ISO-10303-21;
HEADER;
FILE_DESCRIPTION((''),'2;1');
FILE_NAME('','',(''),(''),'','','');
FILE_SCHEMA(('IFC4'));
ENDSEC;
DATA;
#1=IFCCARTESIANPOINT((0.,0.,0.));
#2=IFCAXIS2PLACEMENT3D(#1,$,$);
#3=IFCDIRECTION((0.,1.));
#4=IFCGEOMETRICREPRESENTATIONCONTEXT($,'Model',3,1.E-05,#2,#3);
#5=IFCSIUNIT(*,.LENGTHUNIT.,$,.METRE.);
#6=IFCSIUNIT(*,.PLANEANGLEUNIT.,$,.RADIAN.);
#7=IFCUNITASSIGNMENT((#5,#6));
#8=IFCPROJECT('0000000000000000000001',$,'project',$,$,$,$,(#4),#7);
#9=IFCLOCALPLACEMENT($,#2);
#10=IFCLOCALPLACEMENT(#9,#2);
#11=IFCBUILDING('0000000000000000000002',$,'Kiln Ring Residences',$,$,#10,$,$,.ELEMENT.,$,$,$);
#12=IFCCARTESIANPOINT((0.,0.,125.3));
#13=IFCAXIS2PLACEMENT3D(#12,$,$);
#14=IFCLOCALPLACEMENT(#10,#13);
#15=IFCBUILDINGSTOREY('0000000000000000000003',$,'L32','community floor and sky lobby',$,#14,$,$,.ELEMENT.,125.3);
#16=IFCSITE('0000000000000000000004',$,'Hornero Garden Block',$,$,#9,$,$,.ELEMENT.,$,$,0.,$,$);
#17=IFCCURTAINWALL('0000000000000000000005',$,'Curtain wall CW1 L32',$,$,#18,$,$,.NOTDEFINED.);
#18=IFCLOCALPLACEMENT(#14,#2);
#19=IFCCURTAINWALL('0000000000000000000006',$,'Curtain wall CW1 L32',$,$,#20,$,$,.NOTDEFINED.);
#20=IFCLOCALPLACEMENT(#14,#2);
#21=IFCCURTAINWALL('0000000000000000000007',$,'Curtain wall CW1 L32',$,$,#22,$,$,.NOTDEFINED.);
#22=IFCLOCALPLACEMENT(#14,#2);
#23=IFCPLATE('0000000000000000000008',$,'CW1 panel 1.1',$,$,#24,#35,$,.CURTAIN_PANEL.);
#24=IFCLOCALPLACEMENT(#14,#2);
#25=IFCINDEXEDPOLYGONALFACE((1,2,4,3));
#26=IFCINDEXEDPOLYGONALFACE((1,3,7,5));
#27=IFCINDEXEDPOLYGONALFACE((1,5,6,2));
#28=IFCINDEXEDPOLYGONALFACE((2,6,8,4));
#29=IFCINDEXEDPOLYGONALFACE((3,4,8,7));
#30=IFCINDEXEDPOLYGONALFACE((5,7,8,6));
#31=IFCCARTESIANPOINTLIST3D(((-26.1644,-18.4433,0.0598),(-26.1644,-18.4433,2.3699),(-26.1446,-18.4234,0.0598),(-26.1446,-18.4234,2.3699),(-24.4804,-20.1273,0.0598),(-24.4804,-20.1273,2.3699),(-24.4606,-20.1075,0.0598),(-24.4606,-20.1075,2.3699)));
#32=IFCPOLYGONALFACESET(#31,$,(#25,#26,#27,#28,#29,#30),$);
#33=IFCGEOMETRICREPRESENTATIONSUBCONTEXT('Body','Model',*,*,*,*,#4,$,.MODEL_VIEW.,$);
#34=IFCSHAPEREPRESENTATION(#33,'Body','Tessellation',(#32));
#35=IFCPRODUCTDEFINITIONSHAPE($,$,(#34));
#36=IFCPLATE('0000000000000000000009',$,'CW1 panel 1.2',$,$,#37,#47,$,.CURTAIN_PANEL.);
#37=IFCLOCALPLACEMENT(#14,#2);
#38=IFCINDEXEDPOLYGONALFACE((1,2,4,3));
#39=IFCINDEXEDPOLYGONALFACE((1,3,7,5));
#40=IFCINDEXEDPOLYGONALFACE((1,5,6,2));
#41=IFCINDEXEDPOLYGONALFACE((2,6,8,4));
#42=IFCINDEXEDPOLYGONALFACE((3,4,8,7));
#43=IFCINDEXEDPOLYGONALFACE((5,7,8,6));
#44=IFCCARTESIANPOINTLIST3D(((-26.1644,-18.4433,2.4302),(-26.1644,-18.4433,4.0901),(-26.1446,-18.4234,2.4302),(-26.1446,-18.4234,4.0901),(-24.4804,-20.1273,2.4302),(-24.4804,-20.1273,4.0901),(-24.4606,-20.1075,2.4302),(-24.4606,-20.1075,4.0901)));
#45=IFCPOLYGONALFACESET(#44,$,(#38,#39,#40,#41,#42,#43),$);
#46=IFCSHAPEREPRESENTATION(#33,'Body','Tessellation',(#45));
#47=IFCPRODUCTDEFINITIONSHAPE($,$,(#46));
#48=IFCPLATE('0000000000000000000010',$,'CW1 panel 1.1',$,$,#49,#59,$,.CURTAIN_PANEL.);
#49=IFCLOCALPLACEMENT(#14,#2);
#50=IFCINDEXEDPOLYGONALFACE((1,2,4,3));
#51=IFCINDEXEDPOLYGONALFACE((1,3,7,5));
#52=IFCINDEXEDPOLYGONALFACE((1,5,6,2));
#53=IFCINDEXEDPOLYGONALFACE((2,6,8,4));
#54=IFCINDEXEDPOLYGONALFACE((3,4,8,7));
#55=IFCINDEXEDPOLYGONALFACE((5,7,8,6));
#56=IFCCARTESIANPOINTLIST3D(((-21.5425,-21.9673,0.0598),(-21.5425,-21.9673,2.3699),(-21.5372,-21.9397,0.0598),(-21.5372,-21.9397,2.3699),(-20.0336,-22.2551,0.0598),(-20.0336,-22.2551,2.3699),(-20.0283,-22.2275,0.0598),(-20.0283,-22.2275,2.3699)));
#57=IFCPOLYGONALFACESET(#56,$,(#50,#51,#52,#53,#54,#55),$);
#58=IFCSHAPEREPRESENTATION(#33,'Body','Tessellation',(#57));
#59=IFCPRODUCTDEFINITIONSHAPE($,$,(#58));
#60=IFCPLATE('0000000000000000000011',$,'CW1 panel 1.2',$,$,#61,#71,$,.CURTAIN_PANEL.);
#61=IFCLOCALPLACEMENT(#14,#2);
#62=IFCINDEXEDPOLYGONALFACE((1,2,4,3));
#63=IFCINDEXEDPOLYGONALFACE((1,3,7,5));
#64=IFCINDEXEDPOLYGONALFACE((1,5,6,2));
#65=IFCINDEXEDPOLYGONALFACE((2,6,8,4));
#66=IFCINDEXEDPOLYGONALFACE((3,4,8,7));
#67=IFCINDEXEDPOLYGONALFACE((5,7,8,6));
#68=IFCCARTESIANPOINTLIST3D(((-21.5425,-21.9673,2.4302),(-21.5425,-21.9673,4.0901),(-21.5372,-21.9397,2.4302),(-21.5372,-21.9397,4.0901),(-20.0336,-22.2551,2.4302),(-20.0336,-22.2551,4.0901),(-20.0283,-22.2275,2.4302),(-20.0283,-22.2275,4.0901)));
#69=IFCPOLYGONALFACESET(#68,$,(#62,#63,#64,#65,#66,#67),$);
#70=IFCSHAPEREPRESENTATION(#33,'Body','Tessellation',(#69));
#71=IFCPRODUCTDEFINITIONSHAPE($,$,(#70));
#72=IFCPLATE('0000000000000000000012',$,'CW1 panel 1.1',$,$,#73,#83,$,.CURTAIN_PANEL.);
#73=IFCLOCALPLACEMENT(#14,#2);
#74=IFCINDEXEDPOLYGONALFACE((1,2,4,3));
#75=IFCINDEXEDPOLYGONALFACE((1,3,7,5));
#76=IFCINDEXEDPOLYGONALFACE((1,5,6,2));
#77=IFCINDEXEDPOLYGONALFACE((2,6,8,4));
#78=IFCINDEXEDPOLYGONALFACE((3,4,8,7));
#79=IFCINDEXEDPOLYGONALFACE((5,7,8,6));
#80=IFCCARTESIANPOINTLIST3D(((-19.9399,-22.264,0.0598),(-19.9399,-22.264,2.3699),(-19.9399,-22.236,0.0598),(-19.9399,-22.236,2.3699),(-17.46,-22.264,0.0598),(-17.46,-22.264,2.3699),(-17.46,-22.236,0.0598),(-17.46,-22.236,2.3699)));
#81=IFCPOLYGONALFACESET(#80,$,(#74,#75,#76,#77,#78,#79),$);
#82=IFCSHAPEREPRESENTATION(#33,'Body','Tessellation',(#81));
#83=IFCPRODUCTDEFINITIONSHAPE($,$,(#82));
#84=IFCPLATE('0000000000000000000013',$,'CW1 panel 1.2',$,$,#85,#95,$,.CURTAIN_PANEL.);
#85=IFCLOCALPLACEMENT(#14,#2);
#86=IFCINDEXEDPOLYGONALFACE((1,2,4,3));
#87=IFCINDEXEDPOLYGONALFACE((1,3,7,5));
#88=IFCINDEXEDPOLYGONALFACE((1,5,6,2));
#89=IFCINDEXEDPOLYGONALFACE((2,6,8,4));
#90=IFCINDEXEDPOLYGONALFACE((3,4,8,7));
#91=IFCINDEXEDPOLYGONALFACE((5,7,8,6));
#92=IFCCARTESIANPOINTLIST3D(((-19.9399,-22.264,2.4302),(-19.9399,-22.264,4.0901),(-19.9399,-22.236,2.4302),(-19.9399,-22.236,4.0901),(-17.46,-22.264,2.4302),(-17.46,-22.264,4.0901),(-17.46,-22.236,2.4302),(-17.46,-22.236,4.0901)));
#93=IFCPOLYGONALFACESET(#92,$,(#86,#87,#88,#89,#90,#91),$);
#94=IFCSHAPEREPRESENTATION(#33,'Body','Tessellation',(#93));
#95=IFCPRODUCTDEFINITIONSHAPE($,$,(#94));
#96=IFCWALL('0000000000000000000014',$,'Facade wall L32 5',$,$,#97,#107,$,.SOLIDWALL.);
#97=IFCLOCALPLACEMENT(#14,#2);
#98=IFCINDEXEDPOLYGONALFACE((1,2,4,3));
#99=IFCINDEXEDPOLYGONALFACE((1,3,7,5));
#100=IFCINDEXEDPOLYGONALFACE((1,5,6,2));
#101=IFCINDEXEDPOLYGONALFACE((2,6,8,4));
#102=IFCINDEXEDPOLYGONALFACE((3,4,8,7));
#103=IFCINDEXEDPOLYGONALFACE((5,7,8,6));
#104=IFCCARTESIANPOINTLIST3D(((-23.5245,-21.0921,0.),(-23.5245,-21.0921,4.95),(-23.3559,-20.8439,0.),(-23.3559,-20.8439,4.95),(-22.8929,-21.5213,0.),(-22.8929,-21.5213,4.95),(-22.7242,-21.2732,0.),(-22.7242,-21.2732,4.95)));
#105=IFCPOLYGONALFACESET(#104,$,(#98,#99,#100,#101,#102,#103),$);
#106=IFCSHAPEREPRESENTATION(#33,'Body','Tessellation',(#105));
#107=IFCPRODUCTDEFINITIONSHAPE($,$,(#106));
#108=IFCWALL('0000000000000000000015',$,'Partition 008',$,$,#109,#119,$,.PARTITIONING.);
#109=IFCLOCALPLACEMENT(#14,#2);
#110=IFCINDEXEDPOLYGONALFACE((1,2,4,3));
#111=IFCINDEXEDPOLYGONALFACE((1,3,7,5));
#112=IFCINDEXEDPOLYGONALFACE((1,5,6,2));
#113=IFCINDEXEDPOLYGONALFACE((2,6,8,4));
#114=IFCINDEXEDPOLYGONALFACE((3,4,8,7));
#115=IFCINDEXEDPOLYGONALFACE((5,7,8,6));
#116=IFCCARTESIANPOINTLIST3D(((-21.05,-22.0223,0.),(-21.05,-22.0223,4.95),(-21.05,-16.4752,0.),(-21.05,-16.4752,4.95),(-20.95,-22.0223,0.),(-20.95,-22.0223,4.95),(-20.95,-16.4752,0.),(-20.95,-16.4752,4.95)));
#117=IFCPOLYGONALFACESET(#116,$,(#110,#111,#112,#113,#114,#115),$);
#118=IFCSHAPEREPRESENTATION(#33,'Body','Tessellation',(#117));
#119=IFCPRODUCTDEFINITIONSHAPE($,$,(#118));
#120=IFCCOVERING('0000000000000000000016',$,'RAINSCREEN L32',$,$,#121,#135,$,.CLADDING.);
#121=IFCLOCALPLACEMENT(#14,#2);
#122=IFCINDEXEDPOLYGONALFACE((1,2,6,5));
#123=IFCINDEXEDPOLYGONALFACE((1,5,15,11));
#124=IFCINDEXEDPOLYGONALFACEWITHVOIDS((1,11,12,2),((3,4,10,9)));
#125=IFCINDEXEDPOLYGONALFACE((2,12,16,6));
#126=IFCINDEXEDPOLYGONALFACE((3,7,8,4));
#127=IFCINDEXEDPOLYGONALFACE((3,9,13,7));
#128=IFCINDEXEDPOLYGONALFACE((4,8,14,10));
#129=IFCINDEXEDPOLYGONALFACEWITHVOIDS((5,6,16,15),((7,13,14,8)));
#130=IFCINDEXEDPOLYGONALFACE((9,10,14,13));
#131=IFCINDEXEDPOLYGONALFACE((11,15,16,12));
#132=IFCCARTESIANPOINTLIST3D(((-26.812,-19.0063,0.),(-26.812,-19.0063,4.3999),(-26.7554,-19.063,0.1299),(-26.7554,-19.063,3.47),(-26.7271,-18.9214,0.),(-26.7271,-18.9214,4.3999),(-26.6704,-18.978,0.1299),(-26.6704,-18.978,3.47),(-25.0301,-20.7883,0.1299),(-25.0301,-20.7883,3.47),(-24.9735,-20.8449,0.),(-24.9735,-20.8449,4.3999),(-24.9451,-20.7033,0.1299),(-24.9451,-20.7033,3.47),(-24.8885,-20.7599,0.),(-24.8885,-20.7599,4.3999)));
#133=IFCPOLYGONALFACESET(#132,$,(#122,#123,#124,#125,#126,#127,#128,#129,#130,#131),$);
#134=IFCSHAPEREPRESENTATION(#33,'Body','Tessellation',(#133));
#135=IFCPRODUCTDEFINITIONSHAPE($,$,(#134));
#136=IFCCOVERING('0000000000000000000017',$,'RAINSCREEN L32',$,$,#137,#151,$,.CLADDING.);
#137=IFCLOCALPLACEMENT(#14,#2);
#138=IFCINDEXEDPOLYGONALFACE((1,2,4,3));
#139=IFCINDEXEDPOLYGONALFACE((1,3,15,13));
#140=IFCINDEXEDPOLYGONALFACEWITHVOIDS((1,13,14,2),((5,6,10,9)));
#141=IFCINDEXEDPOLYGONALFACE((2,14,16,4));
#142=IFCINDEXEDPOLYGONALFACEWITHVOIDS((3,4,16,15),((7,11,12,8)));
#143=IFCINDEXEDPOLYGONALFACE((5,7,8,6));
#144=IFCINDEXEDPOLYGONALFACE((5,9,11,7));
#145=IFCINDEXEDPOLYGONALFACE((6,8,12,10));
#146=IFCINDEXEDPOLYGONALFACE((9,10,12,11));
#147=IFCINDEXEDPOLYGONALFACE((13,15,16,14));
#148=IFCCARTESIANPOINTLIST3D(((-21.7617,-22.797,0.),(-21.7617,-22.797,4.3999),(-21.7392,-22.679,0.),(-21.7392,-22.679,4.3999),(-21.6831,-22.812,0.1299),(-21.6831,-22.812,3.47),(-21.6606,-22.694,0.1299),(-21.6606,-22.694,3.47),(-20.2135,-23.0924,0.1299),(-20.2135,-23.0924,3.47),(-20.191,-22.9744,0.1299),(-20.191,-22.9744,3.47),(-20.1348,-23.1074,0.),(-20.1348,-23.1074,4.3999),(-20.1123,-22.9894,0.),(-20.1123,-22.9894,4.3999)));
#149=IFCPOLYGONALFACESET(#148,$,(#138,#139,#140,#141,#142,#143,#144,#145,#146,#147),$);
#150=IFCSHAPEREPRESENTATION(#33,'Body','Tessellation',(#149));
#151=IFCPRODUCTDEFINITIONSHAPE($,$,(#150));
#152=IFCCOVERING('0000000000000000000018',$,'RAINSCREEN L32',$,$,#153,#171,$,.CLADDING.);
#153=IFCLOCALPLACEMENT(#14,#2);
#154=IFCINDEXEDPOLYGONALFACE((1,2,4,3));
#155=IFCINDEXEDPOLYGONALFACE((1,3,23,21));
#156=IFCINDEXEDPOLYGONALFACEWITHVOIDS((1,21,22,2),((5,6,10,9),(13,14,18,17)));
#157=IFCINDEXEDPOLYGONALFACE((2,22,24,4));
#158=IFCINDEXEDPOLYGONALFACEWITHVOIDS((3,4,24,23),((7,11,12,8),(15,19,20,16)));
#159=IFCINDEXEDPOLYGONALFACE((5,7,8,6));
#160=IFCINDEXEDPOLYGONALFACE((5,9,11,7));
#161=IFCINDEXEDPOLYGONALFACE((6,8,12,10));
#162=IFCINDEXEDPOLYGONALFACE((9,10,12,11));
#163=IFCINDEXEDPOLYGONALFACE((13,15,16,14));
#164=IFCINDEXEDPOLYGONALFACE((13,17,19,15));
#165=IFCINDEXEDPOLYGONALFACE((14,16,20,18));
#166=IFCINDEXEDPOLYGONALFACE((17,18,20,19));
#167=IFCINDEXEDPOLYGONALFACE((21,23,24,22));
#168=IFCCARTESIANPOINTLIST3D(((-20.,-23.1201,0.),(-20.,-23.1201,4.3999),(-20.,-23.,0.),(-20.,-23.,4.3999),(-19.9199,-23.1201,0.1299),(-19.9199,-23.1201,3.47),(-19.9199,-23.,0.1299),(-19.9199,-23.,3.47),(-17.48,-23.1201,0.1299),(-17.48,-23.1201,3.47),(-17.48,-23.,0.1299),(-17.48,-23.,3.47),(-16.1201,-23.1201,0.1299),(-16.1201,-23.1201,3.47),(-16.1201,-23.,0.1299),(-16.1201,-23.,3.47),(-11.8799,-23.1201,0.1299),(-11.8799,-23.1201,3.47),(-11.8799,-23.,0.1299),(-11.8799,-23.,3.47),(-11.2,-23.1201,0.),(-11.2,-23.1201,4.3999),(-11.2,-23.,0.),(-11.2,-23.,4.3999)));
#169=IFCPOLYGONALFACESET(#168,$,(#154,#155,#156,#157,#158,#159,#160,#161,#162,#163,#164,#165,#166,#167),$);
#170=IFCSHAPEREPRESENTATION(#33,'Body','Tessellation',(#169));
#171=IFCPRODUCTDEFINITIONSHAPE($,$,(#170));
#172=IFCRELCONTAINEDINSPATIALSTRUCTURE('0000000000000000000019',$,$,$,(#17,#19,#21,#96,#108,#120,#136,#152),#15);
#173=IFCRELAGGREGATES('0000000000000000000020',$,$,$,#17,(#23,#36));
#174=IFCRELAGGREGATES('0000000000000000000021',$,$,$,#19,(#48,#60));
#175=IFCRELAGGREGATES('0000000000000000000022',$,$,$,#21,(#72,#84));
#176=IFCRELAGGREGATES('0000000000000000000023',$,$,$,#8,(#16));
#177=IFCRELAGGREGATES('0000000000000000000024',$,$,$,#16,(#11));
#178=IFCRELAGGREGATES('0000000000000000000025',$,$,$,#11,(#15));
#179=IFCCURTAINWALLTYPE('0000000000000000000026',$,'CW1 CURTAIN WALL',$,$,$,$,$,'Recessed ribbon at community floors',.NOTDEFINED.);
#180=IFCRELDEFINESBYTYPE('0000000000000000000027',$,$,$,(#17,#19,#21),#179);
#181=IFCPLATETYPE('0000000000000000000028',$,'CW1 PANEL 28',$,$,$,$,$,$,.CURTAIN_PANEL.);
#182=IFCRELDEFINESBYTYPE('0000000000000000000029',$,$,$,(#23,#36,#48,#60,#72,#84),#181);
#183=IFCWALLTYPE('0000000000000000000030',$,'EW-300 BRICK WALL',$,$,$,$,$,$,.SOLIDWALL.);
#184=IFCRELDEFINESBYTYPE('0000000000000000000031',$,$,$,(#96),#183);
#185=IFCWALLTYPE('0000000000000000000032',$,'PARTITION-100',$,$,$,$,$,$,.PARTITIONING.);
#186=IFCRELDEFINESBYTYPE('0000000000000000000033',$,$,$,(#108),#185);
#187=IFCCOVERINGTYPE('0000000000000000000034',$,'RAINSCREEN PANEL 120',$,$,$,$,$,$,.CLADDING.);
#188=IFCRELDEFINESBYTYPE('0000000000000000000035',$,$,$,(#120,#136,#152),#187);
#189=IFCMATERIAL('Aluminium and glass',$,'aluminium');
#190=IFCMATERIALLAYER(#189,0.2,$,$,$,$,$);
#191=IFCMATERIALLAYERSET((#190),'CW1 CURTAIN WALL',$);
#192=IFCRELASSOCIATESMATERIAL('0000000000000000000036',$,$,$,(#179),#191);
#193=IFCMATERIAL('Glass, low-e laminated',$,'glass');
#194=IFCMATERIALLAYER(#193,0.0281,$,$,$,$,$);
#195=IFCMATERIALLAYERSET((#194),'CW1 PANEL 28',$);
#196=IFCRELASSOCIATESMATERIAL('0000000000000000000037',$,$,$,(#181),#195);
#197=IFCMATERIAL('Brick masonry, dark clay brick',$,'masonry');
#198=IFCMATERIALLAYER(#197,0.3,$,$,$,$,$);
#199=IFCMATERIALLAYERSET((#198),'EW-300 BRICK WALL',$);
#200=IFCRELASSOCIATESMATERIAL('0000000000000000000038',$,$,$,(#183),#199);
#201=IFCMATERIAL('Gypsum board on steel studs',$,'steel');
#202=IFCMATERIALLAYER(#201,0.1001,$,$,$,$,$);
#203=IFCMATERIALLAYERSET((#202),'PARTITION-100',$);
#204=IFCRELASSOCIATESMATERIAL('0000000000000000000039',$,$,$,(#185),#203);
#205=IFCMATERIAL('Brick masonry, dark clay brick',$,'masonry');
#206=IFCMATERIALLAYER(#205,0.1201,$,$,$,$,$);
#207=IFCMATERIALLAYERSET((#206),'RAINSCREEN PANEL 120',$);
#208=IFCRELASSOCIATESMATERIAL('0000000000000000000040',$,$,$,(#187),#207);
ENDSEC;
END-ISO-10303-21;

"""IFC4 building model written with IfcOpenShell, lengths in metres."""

from ifc_helpers import new_model, si_unit, direction, frame, frame_2d, origin, origin_2d, place, context, subcontext, project, spatial, polyline, rectangle, outline, extrude, material, layer, layer_set, type_object, element, aggregate, save


model = new_model("IFC4")

# Units and contexts
model_context = context("Model", 3, precision=1e-05, world=origin(), true_north=direction((0.0, 1.0)))
body_context = subcontext(model_context, "Body", "Model", "MODEL_VIEW")
ifc_project = project(units=[si_unit("LENGTHUNIT", "METRE"), si_unit("PLANEANGLEUNIT", "RADIAN")], contexts=[model_context])

# Site, building, storey
site_placement = place(None, origin())
site = spatial("IfcSite", under=ifc_project, at=site_placement, Name="Hornero Garden Block", CompositionType="ELEMENT", RefElevation=0.0)
building_placement = place(site_placement, origin())
building = spatial("IfcBuilding", under=site, at=building_placement, Name="Kiln Ring Residences", CompositionType="ELEMENT")
storey_placement = place(building_placement, frame((0.0, 0.0, 125.3)))
storey = spatial("IfcBuildingStorey", under=building, at=storey_placement, Name="L32", Description="community floor and sky lobby", CompositionType="ELEMENT", Elevation=125.3)

# Curtain wall
ifc_material_1 = material(Name="Aluminium and glass", Category="aluminium")
ifc_layer_1 = layer(ifc_material_1, 0.2)
ifc_layer_set_1 = layer_set([ifc_layer_1], Name="CW1 CURTAIN WALL")
curtain_wall_type = type_object("IfcCurtainWallType", Name="CW1 CURTAIN WALL", ElementType="Recessed ribbon at community floors", PredefinedType="NOTDEFINED", material=ifc_layer_set_1)
placement = place(storey_placement, origin())
curtain_wall_1 = element("IfcCurtainWall", 1, at=placement, inside=storey, type_object=curtain_wall_type, Name="Curtain wall CW1 L32", PredefinedType="NOTDEFINED")

# Curtain wall
curtain_wall_2 = element("IfcCurtainWall", 2, at=placement, inside=storey, type_object=curtain_wall_type, Name="Curtain wall CW1 L32", PredefinedType="NOTDEFINED")

# Curtain wall
curtain_wall_3 = element("IfcCurtainWall", 3, at=placement, inside=storey, type_object=curtain_wall_type, Name="Curtain wall CW1 L32", PredefinedType="NOTDEFINED")

# Plates
ifc_material_2 = material(Name="Glass, low-e laminated", Category="glass")
ifc_layer_2 = layer(ifc_material_2, 0.0281)
ifc_layer_set_2 = layer_set([ifc_layer_2], Name="CW1 PANEL 28")
plate_type = type_object("IfcPlateType", Name="CW1 PANEL 28", PredefinedType="CURTAIN_PANEL", material=ifc_layer_set_2)
plate_1_placement = place(storey_placement, frame((-25.3125, -19.2754, 0.0598), z_axis=(0.0, 0.0, 1.0), x_axis=(0.707107, -0.707107, 0.0)))
plate_1 = element("IfcPlate", 4, at=plate_1_placement, type_object=plate_type, Name="CW1 panel 1.1", PredefinedType="CURTAIN_PANEL", context=body_context, shape_type="SweptSolid", body=[
    extrude(rectangle(XDim=2.3816, YDim=0.0281, at=origin_2d()), origin(), (0.0, 0.0, 1.0), 2.3101),
])
plate_2_placement = place(storey_placement, frame((-25.3125, -19.2754, 2.4302), z_axis=(0.0, 0.0, 1.0), x_axis=(0.707107, -0.707107, 0.0)))
plate_2 = element("IfcPlate", 5, at=plate_2_placement, type_object=plate_type, Name="CW1 panel 1.2", PredefinedType="CURTAIN_PANEL", context=body_context, shape_type="SweptSolid", body=[
    extrude(rectangle(XDim=2.3816, YDim=0.0281, at=origin_2d()), origin(), (0.0, 0.0, 1.0), 1.6599),
])
aggregate(curtain_wall_1, [plate_1, plate_2])
plate_3_placement = place(storey_placement, frame((-20.7854, -22.0974, 0.0598), z_axis=(0.0, 0.0, 1.0), x_axis=(0.98229, -0.187366, 0.0)))
plate_3 = element("IfcPlate", 6, at=plate_3_placement, type_object=plate_type, Name="CW1 panel 1.1", PredefinedType="CURTAIN_PANEL", context=body_context, shape_type="SweptSolid", body=[
    extrude(rectangle(XDim=1.5361, YDim=0.0281, at=origin_2d()), origin(), (0.0, 0.0, 1.0), 2.3101),
])
plate_4_placement = place(storey_placement, frame((-20.7854, -22.0974, 2.4302), z_axis=(0.0, 0.0, 1.0), x_axis=(0.98229, -0.187366, 0.0)))
plate_4 = element("IfcPlate", 7, at=plate_4_placement, type_object=plate_type, Name="CW1 panel 1.2", PredefinedType="CURTAIN_PANEL", context=body_context, shape_type="SweptSolid", body=[
    extrude(rectangle(XDim=1.5361, YDim=0.0281, at=origin_2d()), origin(), (0.0, 0.0, 1.0), 1.6599),
])
aggregate(curtain_wall_2, [plate_3, plate_4])
plate_5_placement = place(storey_placement, frame((-18.7, -22.25, 0.0598), z_axis=(0.0, 0.0, 1.0), x_axis=(1.0, 0.0, 0.0)))
plate_5 = element("IfcPlate", 8, at=plate_5_placement, type_object=plate_type, Name="CW1 panel 1.1", PredefinedType="CURTAIN_PANEL", context=body_context, shape_type="SweptSolid", body=[
    extrude(rectangle(XDim=2.48, YDim=0.0281, at=origin_2d()), origin(), (0.0, 0.0, 1.0), 2.3101),
])
plate_6_placement = place(storey_placement, frame((-18.7, -22.25, 2.4302), z_axis=(0.0, 0.0, 1.0), x_axis=(1.0, 0.0, 0.0)))
plate_6 = element("IfcPlate", 9, at=plate_6_placement, type_object=plate_type, Name="CW1 panel 1.2", PredefinedType="CURTAIN_PANEL", context=body_context, shape_type="SweptSolid", body=[
    extrude(rectangle(XDim=2.48, YDim=0.0281, at=origin_2d()), origin(), (0.0, 0.0, 1.0), 1.6599),
])
aggregate(curtain_wall_3, [plate_5, plate_6])

# Walls
ifc_material_3 = material(Name="Brick masonry, dark clay brick", Category="masonry")
ifc_layer_3 = layer(ifc_material_3, 0.3)
ifc_layer_set_3 = layer_set([ifc_layer_3], Name="EW-300 BRICK WALL")
wall_type_1 = type_object("IfcWallType", Name="EW-300 BRICK WALL", PredefinedType="SOLIDWALL", material=ifc_layer_set_3)
wall_1_placement = place(storey_placement, frame((-23.4402, -20.968, 0.0), z_axis=(0.0, 0.0, 1.0), x_axis=(0.827099, -0.562056, 0.0)))
element("IfcWall", 10, at=wall_1_placement, inside=storey, type_object=wall_type_1, Name="Facade wall L32 5", PredefinedType="SOLIDWALL", context=body_context, shape_type="SweptSolid", body=[
    extrude(rectangle(XDim=0.7637, YDim=0.3, at=frame_2d((0.3818, 0.0))), origin(), (0.0, 0.0, 1.0), 4.95),
])
ifc_material_4 = material(Name="Gypsum board on steel studs", Category="steel")
ifc_layer_4 = layer(ifc_material_4, 0.1001)
ifc_layer_set_4 = layer_set([ifc_layer_4], Name="PARTITION-100")
wall_type_2 = type_object("IfcWallType", Name="PARTITION-100", PredefinedType="PARTITIONING", material=ifc_layer_set_4)
wall_2_placement = place(storey_placement, frame((-21.0, -22.0222, 0.0), z_axis=(0.0, 0.0, 1.0), x_axis=(0.0, 1.0, 0.0)))
element("IfcWall", 11, at=wall_2_placement, inside=storey, type_object=wall_type_2, Name="Partition 008", PredefinedType="PARTITIONING", context=body_context, shape_type="SweptSolid", body=[
    extrude(rectangle(XDim=5.5471, YDim=0.1001, at=frame_2d((2.7734, 0.0))), origin(), (0.0, 0.0, 1.0), 4.95),
])

# Coverings
ifc_material_5 = material(Name="Brick masonry, dark clay brick", Category="masonry")
ifc_layer_5 = layer(ifc_material_5, 0.1201)
ifc_layer_set_5 = layer_set([ifc_layer_5], Name="RAINSCREEN PANEL 120")
covering_type = type_object("IfcCoveringType", Name="RAINSCREEN PANEL 120", PredefinedType="CLADDING", material=ifc_layer_set_5)
covering_1_placement = place(storey_placement, frame((-26.7695, -18.9639, 0.0), z_axis=(0.0, 0.0, 1.0), x_axis=(0.707107, -0.707107, 0.0)))
element("IfcCovering", 12, at=covering_1_placement, inside=storey, type_object=covering_type, Name="RAINSCREEN L32", PredefinedType="CLADDING", context=body_context, shape_type="SweptSolid", body=[
    extrude(outline(polyline([(0.0, 0.0), (2.6001, 0.0), (2.6001, 4.3999), (0.0, 4.3999), (0.0, 0.0)]), holes=[polyline([(0.0801, 3.47), (0.0801, 0.1299), (2.52, 0.1299), (2.52, 3.47), (0.0801, 3.47)])]), frame((0.0, 0.0601, 0.0), z_axis=(0.0, -1.0, 0.0), x_axis=(1.0, 0.0, 0.0)), (0.0, 0.0, 1.0), 0.1201),
])
covering_2_placement = place(storey_placement, frame((-21.7505, -22.738, 0.0), z_axis=(0.0, 0.0, 1.0), x_axis=(0.982288, -0.187376, 0.0)))
element("IfcCovering", 13, at=covering_2_placement, inside=storey, type_object=covering_type, Name="RAINSCREEN L32", PredefinedType="CLADDING", context=body_context, shape_type="SweptSolid", body=[
    extrude(outline(polyline([(0.0, 0.0), (1.6562, 0.0), (1.6562, 4.3999), (0.0, 4.3999), (0.0, 0.0)]), holes=[polyline([(0.0801, 3.47), (0.0801, 0.1299), (1.5762, 0.1299), (1.5762, 3.47), (0.0801, 3.47)])]), frame((0.0, 0.0601, 0.0), z_axis=(0.0, -1.0, 0.0), x_axis=(1.0, 0.0, 0.0)), (0.0, 0.0, 1.0), 0.1201),
])
covering_3_placement = place(storey_placement, frame((-20.0, -23.0601, 0.0), z_axis=(0.0, 0.0, 1.0), x_axis=(1.0, 0.0, 0.0)))
element("IfcCovering", 14, at=covering_3_placement, inside=storey, type_object=covering_type, Name="RAINSCREEN L32", PredefinedType="CLADDING", context=body_context, shape_type="SweptSolid", body=[
    extrude(outline(polyline([(0.0, 0.0), (8.8, 0.0), (8.8, 4.3999), (0.0, 4.3999), (0.0, 0.0)]), holes=[polyline([(2.52, 3.47), (0.0801, 3.47), (0.0801, 0.1299), (2.52, 0.1299), (2.52, 3.47)]), polyline([(8.1201, 3.47), (3.8799, 3.47), (3.8799, 0.1299), (8.1201, 0.1299), (8.1201, 3.47)])]), frame((0.0, 0.0601, 0.0), z_axis=(0.0, -1.0, 0.0), x_axis=(1.0, 0.0, 0.0)), (0.0, 0.0, 1.0), 0.1201),
])

save(model, "model.ifc")
